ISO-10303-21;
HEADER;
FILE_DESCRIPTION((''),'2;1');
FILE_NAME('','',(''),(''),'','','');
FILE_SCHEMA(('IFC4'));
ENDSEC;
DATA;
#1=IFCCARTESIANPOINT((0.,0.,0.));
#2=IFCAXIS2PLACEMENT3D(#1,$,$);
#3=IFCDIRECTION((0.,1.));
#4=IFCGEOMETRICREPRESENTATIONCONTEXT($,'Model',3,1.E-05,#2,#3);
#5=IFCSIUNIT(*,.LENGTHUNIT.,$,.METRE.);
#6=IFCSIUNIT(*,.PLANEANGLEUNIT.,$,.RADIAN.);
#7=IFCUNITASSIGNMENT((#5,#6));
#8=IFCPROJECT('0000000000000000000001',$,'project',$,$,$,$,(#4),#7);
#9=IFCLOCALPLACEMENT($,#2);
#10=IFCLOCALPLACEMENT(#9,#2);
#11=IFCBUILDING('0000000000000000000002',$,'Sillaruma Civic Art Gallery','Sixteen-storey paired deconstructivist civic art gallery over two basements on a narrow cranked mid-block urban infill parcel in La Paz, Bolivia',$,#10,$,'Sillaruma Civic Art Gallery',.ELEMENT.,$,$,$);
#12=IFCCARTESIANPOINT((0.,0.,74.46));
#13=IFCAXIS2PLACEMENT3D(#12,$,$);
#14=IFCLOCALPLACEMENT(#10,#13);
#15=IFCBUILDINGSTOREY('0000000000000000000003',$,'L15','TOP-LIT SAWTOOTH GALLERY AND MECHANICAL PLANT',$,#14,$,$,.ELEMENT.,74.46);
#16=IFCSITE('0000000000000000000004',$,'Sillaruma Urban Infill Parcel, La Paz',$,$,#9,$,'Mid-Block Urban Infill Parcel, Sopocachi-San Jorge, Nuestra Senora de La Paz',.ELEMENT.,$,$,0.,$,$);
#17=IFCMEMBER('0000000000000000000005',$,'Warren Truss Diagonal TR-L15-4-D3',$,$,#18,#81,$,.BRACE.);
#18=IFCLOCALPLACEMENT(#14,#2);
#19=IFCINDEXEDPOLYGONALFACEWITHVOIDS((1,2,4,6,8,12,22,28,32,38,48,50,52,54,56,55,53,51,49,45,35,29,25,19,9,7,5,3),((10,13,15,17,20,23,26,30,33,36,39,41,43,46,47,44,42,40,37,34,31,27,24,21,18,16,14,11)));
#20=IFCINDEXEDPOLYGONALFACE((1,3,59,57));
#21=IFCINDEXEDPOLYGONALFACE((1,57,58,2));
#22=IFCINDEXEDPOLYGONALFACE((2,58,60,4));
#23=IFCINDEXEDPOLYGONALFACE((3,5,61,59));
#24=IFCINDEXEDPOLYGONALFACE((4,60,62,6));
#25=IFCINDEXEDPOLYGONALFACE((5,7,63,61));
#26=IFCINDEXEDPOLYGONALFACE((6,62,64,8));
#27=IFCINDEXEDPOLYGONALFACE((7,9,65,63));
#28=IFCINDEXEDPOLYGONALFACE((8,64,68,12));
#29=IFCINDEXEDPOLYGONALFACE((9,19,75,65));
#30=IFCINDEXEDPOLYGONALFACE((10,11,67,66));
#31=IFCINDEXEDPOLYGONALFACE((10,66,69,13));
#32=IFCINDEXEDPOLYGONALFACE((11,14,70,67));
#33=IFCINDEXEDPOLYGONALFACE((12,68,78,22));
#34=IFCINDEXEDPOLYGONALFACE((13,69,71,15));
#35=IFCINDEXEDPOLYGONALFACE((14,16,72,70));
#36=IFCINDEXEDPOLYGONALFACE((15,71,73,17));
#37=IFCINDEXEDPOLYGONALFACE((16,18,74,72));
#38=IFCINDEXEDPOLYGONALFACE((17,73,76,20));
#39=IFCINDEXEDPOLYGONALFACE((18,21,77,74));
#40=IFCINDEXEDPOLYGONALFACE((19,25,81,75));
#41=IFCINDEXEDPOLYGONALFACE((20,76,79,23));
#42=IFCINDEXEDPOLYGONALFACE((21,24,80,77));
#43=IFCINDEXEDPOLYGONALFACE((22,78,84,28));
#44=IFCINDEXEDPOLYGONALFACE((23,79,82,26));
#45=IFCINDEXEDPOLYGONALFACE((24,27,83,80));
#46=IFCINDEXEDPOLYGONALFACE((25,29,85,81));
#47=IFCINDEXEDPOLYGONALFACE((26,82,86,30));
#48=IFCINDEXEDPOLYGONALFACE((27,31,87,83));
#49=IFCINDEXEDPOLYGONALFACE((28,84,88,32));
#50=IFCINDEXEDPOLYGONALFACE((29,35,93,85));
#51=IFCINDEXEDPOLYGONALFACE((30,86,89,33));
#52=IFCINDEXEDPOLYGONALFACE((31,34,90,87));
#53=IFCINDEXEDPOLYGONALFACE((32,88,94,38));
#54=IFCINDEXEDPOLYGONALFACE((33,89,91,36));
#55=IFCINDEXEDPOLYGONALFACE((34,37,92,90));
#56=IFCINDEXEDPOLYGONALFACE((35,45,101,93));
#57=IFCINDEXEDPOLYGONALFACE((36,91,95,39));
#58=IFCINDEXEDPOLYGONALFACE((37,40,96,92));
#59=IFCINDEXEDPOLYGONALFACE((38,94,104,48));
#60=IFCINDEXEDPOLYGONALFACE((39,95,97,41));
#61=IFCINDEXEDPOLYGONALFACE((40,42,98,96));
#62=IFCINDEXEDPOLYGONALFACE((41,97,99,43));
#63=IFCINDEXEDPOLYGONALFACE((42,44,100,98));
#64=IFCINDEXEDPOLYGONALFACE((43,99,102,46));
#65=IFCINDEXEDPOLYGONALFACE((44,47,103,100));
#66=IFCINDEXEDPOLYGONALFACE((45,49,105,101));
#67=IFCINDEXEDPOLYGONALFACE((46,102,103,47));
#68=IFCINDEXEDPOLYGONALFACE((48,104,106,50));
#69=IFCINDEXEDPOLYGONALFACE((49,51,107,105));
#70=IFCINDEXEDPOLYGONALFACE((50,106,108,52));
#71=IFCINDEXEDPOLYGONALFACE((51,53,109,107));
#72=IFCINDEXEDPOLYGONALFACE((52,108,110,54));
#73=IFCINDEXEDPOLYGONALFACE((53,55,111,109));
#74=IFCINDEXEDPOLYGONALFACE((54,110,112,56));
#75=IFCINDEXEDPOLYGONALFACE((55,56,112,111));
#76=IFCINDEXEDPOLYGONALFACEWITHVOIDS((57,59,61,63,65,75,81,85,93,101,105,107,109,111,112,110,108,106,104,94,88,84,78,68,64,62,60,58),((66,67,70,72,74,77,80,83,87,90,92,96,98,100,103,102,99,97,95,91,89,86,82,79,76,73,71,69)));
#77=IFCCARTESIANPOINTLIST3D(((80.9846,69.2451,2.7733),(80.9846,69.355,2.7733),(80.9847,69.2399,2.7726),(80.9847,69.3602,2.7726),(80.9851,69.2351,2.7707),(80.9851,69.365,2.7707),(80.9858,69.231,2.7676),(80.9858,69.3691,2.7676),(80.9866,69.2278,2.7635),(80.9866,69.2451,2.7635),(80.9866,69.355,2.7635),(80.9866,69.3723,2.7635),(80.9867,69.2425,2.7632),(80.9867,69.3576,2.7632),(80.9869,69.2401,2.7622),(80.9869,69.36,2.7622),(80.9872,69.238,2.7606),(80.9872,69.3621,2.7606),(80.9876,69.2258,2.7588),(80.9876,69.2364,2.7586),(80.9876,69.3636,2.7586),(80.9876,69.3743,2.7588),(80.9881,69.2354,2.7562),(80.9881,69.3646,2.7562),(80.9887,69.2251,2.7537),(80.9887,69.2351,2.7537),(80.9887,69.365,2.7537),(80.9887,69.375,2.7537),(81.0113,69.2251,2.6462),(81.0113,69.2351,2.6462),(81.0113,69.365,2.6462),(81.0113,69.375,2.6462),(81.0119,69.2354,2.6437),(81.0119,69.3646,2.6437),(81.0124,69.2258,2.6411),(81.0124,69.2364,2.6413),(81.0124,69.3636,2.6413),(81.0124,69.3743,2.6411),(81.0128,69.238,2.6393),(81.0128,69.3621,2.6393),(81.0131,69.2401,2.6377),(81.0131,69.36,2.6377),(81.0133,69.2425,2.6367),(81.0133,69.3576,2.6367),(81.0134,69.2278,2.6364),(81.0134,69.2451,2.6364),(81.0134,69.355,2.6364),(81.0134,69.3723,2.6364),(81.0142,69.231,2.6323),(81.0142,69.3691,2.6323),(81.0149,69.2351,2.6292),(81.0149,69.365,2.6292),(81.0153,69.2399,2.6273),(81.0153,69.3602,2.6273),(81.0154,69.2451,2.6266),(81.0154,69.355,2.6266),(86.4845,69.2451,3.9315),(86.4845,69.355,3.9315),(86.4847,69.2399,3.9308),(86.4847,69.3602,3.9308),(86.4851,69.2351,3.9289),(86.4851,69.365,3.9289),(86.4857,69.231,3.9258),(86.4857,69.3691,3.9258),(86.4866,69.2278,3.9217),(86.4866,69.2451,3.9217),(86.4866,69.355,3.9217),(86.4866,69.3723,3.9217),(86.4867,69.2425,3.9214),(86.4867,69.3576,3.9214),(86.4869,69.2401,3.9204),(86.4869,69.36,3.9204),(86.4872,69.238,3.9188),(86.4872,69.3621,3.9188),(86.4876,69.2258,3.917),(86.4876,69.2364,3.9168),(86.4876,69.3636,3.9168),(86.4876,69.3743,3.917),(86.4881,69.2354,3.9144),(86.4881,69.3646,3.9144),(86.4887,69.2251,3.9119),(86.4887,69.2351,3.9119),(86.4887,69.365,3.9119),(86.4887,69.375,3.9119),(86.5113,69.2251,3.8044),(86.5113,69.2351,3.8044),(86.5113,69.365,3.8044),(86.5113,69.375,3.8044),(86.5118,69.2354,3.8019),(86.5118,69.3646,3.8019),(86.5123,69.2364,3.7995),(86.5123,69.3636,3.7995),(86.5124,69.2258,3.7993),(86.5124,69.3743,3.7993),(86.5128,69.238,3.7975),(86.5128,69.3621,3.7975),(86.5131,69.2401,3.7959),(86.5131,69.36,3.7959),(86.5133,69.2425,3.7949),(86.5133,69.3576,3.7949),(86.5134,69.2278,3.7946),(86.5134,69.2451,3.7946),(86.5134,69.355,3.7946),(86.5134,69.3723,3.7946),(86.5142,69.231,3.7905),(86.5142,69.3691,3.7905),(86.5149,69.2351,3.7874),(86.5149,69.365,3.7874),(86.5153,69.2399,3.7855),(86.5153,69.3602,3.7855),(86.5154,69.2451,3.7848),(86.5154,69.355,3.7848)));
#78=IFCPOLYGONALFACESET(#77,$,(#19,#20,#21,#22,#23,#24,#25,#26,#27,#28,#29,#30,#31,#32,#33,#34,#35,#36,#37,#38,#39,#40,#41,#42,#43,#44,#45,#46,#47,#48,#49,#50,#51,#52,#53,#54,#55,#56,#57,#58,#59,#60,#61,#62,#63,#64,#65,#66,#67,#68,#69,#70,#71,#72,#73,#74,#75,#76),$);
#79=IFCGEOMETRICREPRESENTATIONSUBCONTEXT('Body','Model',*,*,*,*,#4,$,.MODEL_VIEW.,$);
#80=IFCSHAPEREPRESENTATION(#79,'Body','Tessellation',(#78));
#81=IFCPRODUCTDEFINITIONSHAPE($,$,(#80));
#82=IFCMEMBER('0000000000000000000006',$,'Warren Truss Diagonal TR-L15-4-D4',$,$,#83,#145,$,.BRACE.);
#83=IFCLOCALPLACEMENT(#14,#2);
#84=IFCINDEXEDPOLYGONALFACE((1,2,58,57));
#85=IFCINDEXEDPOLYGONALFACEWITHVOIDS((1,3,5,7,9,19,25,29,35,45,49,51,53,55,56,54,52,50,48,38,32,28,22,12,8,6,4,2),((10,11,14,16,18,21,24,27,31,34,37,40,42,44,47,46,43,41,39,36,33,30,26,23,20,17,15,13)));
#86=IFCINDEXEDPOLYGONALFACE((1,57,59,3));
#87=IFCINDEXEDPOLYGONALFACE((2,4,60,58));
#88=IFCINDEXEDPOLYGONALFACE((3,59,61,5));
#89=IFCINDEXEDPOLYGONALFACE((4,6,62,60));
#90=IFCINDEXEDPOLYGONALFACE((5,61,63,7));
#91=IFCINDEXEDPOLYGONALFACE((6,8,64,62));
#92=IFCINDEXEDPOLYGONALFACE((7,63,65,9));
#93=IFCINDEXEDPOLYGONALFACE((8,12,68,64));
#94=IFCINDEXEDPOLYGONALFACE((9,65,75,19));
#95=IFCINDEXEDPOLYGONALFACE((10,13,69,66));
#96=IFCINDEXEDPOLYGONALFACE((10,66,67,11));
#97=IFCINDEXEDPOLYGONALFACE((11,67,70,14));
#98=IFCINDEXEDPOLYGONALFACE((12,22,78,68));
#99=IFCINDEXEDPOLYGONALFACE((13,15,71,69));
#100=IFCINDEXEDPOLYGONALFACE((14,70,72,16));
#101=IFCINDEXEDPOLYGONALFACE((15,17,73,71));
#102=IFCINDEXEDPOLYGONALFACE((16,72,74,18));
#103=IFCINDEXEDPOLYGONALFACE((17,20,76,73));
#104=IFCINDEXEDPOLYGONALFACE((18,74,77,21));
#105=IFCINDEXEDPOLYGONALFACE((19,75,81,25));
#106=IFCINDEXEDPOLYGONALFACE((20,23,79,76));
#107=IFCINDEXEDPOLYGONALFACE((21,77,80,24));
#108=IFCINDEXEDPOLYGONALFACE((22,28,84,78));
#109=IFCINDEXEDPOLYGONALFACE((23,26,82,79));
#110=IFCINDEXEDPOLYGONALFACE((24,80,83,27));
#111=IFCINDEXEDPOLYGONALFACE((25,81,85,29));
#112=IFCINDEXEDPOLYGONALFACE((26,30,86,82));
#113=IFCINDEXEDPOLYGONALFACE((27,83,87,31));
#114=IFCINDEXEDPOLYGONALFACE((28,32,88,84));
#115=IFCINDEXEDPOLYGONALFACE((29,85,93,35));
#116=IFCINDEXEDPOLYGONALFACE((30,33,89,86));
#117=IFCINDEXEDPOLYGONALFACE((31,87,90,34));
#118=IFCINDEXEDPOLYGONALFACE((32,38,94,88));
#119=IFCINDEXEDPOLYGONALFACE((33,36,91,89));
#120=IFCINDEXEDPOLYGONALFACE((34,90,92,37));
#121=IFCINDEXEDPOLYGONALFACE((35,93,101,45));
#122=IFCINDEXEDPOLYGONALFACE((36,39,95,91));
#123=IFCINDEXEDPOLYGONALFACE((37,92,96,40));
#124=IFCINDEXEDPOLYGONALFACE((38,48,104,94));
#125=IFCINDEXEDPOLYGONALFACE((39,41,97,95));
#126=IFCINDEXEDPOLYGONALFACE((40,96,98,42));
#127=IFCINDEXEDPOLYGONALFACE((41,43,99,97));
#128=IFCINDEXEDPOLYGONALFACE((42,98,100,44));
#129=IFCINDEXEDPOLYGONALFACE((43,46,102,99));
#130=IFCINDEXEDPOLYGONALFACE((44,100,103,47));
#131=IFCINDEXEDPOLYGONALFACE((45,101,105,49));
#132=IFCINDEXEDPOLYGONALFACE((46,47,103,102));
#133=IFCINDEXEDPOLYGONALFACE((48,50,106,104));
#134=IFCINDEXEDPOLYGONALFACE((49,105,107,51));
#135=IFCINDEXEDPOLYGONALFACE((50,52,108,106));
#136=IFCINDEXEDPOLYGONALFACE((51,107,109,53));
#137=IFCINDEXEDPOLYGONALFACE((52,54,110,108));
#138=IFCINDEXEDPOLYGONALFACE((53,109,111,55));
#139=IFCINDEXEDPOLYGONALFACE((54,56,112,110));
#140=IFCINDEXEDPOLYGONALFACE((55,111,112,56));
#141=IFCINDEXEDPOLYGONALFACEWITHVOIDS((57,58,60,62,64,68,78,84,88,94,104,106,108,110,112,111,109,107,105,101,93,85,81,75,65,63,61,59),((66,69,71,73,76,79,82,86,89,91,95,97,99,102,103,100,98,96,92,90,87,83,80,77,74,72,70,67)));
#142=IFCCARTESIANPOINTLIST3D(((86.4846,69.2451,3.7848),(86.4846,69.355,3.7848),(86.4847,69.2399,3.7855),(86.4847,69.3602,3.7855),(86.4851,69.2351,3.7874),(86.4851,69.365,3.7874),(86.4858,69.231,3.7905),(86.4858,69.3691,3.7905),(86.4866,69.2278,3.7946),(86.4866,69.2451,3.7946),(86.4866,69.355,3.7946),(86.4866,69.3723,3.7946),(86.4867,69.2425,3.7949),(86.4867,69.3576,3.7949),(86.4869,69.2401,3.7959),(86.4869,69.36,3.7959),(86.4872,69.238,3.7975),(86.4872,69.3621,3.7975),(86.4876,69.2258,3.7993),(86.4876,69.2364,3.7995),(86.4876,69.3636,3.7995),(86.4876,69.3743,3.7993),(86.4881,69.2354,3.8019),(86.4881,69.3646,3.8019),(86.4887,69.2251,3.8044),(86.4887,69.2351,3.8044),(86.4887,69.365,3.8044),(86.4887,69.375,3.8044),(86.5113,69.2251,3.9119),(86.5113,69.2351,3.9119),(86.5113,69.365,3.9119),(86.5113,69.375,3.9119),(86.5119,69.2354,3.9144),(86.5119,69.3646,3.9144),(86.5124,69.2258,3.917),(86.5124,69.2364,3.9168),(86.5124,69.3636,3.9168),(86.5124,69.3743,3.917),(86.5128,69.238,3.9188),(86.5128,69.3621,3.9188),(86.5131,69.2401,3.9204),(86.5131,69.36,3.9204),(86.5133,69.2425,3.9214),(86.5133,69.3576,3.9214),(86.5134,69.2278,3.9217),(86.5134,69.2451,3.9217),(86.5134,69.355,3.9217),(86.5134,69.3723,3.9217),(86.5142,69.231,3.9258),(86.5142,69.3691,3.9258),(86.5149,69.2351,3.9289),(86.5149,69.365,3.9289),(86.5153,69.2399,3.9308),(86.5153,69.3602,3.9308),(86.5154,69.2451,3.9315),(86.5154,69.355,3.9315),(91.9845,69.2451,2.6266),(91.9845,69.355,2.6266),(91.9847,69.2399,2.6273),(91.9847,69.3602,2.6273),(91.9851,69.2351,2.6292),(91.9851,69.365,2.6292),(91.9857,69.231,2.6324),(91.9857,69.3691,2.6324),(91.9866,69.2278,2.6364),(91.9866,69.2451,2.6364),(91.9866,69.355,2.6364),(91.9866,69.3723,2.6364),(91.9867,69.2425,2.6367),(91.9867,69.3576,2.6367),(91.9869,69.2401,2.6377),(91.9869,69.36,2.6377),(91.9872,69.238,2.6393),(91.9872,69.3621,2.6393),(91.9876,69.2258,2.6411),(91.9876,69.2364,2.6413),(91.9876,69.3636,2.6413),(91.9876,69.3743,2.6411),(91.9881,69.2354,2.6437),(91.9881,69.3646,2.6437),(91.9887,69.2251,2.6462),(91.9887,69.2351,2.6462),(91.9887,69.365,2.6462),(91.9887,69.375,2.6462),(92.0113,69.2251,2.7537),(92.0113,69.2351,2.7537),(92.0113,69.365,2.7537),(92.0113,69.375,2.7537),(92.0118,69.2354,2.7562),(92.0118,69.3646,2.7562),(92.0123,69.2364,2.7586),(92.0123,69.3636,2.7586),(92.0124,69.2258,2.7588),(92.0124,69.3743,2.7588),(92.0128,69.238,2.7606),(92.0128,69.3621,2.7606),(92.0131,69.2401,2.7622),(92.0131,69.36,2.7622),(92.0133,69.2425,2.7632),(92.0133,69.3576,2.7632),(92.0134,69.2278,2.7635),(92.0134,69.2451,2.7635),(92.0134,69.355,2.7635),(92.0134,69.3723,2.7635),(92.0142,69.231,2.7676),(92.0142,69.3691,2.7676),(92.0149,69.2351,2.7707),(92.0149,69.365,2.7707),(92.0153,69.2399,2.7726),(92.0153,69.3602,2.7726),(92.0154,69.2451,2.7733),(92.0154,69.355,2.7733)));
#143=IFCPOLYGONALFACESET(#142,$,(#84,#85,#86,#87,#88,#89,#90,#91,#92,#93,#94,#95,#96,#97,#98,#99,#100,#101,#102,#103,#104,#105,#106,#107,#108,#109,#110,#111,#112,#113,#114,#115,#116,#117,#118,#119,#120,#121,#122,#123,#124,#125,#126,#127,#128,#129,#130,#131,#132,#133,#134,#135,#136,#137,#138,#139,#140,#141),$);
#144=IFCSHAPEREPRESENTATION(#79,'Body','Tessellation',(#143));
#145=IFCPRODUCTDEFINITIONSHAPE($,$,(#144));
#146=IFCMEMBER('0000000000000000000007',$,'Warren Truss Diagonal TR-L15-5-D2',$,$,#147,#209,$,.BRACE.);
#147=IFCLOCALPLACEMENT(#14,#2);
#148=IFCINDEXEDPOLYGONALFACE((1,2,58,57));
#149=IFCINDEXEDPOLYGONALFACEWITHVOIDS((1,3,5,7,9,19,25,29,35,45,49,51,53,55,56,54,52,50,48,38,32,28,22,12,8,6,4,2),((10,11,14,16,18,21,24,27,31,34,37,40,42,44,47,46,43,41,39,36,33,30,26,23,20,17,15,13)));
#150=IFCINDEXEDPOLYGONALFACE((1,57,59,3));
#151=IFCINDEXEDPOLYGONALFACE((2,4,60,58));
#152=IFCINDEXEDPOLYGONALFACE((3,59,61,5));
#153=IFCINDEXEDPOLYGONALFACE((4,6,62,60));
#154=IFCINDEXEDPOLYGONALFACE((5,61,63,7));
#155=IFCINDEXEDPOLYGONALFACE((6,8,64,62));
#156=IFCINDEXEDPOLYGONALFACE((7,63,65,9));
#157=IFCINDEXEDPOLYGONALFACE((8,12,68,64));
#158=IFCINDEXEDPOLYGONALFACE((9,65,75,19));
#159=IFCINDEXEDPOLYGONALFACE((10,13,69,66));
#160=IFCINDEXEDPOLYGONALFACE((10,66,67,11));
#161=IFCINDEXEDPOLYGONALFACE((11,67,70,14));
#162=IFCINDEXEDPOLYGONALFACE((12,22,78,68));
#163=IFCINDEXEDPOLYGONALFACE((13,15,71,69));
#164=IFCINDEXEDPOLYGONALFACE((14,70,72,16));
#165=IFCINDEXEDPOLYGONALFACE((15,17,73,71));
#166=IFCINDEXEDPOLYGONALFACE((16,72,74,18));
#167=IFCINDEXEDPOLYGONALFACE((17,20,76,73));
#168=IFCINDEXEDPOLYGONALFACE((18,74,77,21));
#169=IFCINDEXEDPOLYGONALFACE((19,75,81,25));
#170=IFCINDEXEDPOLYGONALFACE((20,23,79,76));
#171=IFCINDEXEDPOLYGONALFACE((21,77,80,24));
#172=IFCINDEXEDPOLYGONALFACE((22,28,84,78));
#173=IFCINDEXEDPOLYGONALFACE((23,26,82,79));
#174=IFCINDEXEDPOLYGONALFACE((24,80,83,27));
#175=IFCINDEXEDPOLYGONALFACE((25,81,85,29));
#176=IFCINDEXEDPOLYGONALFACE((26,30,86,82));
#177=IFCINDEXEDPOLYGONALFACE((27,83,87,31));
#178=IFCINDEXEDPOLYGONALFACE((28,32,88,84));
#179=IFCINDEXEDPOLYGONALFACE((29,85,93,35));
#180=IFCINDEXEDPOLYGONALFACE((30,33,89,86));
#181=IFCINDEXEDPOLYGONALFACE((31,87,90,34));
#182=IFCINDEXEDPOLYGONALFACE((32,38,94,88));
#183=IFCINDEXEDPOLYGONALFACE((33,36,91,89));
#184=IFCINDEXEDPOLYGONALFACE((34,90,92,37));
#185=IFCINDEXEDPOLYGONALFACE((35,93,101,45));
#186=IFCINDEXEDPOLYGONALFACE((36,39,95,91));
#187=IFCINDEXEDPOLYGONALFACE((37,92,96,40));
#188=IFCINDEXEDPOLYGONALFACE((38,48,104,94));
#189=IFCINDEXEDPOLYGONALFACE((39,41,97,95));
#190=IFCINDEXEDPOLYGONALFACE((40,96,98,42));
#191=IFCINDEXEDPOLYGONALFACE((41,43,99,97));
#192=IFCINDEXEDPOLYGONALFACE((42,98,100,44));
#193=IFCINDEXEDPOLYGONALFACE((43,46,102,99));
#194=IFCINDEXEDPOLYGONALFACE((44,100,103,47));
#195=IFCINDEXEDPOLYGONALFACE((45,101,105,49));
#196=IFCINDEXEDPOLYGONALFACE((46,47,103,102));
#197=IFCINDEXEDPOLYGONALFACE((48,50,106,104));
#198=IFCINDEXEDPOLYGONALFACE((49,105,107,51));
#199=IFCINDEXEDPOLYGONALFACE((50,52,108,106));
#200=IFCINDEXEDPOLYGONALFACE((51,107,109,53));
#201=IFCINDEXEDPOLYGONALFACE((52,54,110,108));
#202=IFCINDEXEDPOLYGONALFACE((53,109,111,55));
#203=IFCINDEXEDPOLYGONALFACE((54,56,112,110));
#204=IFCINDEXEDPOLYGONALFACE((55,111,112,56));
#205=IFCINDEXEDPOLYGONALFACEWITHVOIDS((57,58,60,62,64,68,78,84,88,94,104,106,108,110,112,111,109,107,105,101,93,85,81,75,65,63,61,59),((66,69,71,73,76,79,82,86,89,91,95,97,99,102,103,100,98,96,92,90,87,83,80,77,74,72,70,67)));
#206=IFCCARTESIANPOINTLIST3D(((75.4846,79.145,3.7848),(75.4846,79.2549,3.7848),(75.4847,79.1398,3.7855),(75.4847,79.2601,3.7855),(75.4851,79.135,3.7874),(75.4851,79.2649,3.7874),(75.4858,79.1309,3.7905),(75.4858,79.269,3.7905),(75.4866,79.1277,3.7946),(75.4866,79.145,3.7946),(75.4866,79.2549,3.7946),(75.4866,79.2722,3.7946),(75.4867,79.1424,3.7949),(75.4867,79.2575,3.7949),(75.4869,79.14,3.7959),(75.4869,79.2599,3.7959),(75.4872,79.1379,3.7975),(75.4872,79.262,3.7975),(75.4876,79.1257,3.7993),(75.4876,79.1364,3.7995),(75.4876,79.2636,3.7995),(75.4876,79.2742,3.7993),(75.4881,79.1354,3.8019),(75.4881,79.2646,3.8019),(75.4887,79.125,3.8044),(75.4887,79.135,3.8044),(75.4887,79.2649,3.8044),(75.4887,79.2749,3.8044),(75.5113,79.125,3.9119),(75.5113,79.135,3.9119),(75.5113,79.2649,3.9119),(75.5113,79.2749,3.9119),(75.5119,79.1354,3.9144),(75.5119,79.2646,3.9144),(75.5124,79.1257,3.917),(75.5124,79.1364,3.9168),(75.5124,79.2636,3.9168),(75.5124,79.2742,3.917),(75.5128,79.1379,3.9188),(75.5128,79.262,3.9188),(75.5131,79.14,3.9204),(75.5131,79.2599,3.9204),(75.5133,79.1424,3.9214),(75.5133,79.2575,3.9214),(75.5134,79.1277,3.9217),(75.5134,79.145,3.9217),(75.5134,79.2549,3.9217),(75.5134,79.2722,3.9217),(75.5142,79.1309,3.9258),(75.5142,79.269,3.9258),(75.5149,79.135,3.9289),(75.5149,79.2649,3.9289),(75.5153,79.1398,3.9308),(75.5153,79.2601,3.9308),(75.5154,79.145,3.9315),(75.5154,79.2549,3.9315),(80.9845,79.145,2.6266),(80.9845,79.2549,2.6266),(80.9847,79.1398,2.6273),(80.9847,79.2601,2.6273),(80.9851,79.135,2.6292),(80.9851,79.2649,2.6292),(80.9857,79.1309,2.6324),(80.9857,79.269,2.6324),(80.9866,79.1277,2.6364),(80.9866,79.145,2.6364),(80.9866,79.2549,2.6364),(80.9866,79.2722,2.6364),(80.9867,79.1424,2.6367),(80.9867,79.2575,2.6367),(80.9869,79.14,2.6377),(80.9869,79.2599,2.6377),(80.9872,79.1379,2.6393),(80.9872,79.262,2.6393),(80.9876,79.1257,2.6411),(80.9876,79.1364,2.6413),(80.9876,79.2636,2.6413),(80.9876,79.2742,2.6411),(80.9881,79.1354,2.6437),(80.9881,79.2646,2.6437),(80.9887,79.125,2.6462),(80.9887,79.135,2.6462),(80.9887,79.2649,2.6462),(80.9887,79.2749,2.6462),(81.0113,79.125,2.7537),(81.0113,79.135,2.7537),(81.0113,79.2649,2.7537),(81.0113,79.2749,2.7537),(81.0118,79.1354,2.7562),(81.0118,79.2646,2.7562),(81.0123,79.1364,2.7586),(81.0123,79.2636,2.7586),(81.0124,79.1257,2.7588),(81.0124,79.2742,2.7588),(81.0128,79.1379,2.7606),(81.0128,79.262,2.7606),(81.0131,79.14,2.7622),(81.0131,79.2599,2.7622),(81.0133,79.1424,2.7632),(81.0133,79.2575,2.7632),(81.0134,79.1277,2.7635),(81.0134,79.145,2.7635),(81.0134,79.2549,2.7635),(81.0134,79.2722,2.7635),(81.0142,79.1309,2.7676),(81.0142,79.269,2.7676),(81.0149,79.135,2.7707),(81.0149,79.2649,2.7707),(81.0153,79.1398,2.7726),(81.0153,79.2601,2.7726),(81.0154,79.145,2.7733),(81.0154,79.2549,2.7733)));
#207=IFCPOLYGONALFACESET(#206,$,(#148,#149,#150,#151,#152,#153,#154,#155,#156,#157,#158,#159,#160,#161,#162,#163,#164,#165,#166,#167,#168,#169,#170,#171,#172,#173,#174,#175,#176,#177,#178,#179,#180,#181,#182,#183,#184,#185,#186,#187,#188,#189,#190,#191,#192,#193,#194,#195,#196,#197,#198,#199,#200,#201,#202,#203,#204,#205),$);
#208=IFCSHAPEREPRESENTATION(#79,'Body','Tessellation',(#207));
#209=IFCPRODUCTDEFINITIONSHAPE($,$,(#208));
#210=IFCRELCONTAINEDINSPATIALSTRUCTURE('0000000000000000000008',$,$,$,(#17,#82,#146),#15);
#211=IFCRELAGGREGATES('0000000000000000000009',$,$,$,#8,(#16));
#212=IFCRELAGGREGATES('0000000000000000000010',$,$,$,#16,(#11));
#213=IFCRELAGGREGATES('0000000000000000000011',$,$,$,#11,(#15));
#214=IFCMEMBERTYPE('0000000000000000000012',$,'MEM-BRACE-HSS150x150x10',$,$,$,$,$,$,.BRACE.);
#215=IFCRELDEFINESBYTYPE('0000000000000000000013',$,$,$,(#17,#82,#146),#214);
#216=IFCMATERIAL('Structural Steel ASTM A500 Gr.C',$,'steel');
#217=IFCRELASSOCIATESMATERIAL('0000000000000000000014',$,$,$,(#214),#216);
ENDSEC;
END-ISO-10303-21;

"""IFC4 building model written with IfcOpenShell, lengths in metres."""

from ifc_helpers import new_model, si_unit, direction, frame, origin, origin_2d, place, context, subcontext, project, spatial, hollow_rectangle, extrude, material, material_profile, profile_set, type_object, element, save


model = new_model("IFC4")

# Units and contexts
model_context = context("Model", 3, precision=1e-05, world=origin(), true_north=direction((0.0, 1.0)))
body_context = subcontext(model_context, "Body", "Model", "MODEL_VIEW")
ifc_project = project(units=[si_unit("LENGTHUNIT", "METRE"), si_unit("PLANEANGLEUNIT", "RADIAN")], contexts=[model_context])

# Site, building, storey
site_placement = place(None, origin())
site = spatial("IfcSite", under=ifc_project, at=site_placement, Name="Sillaruma Urban Infill Parcel, La Paz", LongName="Mid-Block Urban Infill Parcel, Sopocachi-San Jorge, Nuestra Senora de La Paz", CompositionType="ELEMENT", RefElevation=0.0)
building_placement = place(site_placement, origin())
building = spatial("IfcBuilding", under=site, at=building_placement, Name="Sillaruma Civic Art Gallery", Description="Sixteen-storey paired deconstructivist civic art gallery over two basements on a narrow cranked mid-block urban infill parcel in La Paz, Bolivia", LongName="Sillaruma Civic Art Gallery", CompositionType="ELEMENT")
storey_placement = place(building_placement, frame((0.0, 0.0, 74.46)))
storey = spatial("IfcBuildingStorey", under=building, at=storey_placement, Name="L15", Description="TOP-LIT SAWTOOTH GALLERY AND MECHANICAL PLANT", CompositionType="ELEMENT", Elevation=74.46)

# Members
ifc_material_1 = material(Name="Structural Steel ASTM A500 Gr.C", Category="steel")
ifc_material_profile_1 = material_profile(ifc_material_1, hollow_rectangle(XDim=0.1499, YDim=0.1499, WallThickness=0.01, InnerFilletRadius=0.01, OuterFilletRadius=0.02, at=origin_2d()), Name="HSS150x150x10")
ifc_profile_set_1 = profile_set([ifc_material_profile_1], Name="Structural Steel ASTM A500 Gr.C")
member_type_1 = type_object("IfcMemberType", Name="MEM-BRACE-HSS150x150x10", PredefinedType="BRACE", material=ifc_profile_set_1)
for number, where, z_axis, x_axis, name in (
    (1, (81.0, 69.3, 2.7), (0.978539, 0.0, 0.206063), (0.0, 1.0, 0.0), "Warren Truss Diagonal TR-L15-4-D3"),
    (2, (86.5, 69.3, 3.8582), (0.978539, 0.0, -0.206063), (0.0, 1.0, 0.0), "Warren Truss Diagonal TR-L15-4-D4"),
    (3, (75.5, 79.2, 3.8582), (0.978539, 0.0, -0.206063), (0.0, 1.0, 0.0), "Warren Truss Diagonal TR-L15-5-D2"),
):
    element("IfcMember", number, at=place(storey_placement, frame(where, z_axis=z_axis, x_axis=x_axis)), inside=storey, type_object=member_type_1, Name=name, PredefinedType="BRACE", context=body_context, shape_type="SweptSolid", body=[
        extrude(hollow_rectangle(XDim=0.1499, YDim=0.1499, WallThickness=0.01, InnerFilletRadius=0.01, OuterFilletRadius=0.02, at=origin_2d()), origin(), (0.0, 0.0, 1.0), 5.6206),
    ])

save(model, "model.ifc")
